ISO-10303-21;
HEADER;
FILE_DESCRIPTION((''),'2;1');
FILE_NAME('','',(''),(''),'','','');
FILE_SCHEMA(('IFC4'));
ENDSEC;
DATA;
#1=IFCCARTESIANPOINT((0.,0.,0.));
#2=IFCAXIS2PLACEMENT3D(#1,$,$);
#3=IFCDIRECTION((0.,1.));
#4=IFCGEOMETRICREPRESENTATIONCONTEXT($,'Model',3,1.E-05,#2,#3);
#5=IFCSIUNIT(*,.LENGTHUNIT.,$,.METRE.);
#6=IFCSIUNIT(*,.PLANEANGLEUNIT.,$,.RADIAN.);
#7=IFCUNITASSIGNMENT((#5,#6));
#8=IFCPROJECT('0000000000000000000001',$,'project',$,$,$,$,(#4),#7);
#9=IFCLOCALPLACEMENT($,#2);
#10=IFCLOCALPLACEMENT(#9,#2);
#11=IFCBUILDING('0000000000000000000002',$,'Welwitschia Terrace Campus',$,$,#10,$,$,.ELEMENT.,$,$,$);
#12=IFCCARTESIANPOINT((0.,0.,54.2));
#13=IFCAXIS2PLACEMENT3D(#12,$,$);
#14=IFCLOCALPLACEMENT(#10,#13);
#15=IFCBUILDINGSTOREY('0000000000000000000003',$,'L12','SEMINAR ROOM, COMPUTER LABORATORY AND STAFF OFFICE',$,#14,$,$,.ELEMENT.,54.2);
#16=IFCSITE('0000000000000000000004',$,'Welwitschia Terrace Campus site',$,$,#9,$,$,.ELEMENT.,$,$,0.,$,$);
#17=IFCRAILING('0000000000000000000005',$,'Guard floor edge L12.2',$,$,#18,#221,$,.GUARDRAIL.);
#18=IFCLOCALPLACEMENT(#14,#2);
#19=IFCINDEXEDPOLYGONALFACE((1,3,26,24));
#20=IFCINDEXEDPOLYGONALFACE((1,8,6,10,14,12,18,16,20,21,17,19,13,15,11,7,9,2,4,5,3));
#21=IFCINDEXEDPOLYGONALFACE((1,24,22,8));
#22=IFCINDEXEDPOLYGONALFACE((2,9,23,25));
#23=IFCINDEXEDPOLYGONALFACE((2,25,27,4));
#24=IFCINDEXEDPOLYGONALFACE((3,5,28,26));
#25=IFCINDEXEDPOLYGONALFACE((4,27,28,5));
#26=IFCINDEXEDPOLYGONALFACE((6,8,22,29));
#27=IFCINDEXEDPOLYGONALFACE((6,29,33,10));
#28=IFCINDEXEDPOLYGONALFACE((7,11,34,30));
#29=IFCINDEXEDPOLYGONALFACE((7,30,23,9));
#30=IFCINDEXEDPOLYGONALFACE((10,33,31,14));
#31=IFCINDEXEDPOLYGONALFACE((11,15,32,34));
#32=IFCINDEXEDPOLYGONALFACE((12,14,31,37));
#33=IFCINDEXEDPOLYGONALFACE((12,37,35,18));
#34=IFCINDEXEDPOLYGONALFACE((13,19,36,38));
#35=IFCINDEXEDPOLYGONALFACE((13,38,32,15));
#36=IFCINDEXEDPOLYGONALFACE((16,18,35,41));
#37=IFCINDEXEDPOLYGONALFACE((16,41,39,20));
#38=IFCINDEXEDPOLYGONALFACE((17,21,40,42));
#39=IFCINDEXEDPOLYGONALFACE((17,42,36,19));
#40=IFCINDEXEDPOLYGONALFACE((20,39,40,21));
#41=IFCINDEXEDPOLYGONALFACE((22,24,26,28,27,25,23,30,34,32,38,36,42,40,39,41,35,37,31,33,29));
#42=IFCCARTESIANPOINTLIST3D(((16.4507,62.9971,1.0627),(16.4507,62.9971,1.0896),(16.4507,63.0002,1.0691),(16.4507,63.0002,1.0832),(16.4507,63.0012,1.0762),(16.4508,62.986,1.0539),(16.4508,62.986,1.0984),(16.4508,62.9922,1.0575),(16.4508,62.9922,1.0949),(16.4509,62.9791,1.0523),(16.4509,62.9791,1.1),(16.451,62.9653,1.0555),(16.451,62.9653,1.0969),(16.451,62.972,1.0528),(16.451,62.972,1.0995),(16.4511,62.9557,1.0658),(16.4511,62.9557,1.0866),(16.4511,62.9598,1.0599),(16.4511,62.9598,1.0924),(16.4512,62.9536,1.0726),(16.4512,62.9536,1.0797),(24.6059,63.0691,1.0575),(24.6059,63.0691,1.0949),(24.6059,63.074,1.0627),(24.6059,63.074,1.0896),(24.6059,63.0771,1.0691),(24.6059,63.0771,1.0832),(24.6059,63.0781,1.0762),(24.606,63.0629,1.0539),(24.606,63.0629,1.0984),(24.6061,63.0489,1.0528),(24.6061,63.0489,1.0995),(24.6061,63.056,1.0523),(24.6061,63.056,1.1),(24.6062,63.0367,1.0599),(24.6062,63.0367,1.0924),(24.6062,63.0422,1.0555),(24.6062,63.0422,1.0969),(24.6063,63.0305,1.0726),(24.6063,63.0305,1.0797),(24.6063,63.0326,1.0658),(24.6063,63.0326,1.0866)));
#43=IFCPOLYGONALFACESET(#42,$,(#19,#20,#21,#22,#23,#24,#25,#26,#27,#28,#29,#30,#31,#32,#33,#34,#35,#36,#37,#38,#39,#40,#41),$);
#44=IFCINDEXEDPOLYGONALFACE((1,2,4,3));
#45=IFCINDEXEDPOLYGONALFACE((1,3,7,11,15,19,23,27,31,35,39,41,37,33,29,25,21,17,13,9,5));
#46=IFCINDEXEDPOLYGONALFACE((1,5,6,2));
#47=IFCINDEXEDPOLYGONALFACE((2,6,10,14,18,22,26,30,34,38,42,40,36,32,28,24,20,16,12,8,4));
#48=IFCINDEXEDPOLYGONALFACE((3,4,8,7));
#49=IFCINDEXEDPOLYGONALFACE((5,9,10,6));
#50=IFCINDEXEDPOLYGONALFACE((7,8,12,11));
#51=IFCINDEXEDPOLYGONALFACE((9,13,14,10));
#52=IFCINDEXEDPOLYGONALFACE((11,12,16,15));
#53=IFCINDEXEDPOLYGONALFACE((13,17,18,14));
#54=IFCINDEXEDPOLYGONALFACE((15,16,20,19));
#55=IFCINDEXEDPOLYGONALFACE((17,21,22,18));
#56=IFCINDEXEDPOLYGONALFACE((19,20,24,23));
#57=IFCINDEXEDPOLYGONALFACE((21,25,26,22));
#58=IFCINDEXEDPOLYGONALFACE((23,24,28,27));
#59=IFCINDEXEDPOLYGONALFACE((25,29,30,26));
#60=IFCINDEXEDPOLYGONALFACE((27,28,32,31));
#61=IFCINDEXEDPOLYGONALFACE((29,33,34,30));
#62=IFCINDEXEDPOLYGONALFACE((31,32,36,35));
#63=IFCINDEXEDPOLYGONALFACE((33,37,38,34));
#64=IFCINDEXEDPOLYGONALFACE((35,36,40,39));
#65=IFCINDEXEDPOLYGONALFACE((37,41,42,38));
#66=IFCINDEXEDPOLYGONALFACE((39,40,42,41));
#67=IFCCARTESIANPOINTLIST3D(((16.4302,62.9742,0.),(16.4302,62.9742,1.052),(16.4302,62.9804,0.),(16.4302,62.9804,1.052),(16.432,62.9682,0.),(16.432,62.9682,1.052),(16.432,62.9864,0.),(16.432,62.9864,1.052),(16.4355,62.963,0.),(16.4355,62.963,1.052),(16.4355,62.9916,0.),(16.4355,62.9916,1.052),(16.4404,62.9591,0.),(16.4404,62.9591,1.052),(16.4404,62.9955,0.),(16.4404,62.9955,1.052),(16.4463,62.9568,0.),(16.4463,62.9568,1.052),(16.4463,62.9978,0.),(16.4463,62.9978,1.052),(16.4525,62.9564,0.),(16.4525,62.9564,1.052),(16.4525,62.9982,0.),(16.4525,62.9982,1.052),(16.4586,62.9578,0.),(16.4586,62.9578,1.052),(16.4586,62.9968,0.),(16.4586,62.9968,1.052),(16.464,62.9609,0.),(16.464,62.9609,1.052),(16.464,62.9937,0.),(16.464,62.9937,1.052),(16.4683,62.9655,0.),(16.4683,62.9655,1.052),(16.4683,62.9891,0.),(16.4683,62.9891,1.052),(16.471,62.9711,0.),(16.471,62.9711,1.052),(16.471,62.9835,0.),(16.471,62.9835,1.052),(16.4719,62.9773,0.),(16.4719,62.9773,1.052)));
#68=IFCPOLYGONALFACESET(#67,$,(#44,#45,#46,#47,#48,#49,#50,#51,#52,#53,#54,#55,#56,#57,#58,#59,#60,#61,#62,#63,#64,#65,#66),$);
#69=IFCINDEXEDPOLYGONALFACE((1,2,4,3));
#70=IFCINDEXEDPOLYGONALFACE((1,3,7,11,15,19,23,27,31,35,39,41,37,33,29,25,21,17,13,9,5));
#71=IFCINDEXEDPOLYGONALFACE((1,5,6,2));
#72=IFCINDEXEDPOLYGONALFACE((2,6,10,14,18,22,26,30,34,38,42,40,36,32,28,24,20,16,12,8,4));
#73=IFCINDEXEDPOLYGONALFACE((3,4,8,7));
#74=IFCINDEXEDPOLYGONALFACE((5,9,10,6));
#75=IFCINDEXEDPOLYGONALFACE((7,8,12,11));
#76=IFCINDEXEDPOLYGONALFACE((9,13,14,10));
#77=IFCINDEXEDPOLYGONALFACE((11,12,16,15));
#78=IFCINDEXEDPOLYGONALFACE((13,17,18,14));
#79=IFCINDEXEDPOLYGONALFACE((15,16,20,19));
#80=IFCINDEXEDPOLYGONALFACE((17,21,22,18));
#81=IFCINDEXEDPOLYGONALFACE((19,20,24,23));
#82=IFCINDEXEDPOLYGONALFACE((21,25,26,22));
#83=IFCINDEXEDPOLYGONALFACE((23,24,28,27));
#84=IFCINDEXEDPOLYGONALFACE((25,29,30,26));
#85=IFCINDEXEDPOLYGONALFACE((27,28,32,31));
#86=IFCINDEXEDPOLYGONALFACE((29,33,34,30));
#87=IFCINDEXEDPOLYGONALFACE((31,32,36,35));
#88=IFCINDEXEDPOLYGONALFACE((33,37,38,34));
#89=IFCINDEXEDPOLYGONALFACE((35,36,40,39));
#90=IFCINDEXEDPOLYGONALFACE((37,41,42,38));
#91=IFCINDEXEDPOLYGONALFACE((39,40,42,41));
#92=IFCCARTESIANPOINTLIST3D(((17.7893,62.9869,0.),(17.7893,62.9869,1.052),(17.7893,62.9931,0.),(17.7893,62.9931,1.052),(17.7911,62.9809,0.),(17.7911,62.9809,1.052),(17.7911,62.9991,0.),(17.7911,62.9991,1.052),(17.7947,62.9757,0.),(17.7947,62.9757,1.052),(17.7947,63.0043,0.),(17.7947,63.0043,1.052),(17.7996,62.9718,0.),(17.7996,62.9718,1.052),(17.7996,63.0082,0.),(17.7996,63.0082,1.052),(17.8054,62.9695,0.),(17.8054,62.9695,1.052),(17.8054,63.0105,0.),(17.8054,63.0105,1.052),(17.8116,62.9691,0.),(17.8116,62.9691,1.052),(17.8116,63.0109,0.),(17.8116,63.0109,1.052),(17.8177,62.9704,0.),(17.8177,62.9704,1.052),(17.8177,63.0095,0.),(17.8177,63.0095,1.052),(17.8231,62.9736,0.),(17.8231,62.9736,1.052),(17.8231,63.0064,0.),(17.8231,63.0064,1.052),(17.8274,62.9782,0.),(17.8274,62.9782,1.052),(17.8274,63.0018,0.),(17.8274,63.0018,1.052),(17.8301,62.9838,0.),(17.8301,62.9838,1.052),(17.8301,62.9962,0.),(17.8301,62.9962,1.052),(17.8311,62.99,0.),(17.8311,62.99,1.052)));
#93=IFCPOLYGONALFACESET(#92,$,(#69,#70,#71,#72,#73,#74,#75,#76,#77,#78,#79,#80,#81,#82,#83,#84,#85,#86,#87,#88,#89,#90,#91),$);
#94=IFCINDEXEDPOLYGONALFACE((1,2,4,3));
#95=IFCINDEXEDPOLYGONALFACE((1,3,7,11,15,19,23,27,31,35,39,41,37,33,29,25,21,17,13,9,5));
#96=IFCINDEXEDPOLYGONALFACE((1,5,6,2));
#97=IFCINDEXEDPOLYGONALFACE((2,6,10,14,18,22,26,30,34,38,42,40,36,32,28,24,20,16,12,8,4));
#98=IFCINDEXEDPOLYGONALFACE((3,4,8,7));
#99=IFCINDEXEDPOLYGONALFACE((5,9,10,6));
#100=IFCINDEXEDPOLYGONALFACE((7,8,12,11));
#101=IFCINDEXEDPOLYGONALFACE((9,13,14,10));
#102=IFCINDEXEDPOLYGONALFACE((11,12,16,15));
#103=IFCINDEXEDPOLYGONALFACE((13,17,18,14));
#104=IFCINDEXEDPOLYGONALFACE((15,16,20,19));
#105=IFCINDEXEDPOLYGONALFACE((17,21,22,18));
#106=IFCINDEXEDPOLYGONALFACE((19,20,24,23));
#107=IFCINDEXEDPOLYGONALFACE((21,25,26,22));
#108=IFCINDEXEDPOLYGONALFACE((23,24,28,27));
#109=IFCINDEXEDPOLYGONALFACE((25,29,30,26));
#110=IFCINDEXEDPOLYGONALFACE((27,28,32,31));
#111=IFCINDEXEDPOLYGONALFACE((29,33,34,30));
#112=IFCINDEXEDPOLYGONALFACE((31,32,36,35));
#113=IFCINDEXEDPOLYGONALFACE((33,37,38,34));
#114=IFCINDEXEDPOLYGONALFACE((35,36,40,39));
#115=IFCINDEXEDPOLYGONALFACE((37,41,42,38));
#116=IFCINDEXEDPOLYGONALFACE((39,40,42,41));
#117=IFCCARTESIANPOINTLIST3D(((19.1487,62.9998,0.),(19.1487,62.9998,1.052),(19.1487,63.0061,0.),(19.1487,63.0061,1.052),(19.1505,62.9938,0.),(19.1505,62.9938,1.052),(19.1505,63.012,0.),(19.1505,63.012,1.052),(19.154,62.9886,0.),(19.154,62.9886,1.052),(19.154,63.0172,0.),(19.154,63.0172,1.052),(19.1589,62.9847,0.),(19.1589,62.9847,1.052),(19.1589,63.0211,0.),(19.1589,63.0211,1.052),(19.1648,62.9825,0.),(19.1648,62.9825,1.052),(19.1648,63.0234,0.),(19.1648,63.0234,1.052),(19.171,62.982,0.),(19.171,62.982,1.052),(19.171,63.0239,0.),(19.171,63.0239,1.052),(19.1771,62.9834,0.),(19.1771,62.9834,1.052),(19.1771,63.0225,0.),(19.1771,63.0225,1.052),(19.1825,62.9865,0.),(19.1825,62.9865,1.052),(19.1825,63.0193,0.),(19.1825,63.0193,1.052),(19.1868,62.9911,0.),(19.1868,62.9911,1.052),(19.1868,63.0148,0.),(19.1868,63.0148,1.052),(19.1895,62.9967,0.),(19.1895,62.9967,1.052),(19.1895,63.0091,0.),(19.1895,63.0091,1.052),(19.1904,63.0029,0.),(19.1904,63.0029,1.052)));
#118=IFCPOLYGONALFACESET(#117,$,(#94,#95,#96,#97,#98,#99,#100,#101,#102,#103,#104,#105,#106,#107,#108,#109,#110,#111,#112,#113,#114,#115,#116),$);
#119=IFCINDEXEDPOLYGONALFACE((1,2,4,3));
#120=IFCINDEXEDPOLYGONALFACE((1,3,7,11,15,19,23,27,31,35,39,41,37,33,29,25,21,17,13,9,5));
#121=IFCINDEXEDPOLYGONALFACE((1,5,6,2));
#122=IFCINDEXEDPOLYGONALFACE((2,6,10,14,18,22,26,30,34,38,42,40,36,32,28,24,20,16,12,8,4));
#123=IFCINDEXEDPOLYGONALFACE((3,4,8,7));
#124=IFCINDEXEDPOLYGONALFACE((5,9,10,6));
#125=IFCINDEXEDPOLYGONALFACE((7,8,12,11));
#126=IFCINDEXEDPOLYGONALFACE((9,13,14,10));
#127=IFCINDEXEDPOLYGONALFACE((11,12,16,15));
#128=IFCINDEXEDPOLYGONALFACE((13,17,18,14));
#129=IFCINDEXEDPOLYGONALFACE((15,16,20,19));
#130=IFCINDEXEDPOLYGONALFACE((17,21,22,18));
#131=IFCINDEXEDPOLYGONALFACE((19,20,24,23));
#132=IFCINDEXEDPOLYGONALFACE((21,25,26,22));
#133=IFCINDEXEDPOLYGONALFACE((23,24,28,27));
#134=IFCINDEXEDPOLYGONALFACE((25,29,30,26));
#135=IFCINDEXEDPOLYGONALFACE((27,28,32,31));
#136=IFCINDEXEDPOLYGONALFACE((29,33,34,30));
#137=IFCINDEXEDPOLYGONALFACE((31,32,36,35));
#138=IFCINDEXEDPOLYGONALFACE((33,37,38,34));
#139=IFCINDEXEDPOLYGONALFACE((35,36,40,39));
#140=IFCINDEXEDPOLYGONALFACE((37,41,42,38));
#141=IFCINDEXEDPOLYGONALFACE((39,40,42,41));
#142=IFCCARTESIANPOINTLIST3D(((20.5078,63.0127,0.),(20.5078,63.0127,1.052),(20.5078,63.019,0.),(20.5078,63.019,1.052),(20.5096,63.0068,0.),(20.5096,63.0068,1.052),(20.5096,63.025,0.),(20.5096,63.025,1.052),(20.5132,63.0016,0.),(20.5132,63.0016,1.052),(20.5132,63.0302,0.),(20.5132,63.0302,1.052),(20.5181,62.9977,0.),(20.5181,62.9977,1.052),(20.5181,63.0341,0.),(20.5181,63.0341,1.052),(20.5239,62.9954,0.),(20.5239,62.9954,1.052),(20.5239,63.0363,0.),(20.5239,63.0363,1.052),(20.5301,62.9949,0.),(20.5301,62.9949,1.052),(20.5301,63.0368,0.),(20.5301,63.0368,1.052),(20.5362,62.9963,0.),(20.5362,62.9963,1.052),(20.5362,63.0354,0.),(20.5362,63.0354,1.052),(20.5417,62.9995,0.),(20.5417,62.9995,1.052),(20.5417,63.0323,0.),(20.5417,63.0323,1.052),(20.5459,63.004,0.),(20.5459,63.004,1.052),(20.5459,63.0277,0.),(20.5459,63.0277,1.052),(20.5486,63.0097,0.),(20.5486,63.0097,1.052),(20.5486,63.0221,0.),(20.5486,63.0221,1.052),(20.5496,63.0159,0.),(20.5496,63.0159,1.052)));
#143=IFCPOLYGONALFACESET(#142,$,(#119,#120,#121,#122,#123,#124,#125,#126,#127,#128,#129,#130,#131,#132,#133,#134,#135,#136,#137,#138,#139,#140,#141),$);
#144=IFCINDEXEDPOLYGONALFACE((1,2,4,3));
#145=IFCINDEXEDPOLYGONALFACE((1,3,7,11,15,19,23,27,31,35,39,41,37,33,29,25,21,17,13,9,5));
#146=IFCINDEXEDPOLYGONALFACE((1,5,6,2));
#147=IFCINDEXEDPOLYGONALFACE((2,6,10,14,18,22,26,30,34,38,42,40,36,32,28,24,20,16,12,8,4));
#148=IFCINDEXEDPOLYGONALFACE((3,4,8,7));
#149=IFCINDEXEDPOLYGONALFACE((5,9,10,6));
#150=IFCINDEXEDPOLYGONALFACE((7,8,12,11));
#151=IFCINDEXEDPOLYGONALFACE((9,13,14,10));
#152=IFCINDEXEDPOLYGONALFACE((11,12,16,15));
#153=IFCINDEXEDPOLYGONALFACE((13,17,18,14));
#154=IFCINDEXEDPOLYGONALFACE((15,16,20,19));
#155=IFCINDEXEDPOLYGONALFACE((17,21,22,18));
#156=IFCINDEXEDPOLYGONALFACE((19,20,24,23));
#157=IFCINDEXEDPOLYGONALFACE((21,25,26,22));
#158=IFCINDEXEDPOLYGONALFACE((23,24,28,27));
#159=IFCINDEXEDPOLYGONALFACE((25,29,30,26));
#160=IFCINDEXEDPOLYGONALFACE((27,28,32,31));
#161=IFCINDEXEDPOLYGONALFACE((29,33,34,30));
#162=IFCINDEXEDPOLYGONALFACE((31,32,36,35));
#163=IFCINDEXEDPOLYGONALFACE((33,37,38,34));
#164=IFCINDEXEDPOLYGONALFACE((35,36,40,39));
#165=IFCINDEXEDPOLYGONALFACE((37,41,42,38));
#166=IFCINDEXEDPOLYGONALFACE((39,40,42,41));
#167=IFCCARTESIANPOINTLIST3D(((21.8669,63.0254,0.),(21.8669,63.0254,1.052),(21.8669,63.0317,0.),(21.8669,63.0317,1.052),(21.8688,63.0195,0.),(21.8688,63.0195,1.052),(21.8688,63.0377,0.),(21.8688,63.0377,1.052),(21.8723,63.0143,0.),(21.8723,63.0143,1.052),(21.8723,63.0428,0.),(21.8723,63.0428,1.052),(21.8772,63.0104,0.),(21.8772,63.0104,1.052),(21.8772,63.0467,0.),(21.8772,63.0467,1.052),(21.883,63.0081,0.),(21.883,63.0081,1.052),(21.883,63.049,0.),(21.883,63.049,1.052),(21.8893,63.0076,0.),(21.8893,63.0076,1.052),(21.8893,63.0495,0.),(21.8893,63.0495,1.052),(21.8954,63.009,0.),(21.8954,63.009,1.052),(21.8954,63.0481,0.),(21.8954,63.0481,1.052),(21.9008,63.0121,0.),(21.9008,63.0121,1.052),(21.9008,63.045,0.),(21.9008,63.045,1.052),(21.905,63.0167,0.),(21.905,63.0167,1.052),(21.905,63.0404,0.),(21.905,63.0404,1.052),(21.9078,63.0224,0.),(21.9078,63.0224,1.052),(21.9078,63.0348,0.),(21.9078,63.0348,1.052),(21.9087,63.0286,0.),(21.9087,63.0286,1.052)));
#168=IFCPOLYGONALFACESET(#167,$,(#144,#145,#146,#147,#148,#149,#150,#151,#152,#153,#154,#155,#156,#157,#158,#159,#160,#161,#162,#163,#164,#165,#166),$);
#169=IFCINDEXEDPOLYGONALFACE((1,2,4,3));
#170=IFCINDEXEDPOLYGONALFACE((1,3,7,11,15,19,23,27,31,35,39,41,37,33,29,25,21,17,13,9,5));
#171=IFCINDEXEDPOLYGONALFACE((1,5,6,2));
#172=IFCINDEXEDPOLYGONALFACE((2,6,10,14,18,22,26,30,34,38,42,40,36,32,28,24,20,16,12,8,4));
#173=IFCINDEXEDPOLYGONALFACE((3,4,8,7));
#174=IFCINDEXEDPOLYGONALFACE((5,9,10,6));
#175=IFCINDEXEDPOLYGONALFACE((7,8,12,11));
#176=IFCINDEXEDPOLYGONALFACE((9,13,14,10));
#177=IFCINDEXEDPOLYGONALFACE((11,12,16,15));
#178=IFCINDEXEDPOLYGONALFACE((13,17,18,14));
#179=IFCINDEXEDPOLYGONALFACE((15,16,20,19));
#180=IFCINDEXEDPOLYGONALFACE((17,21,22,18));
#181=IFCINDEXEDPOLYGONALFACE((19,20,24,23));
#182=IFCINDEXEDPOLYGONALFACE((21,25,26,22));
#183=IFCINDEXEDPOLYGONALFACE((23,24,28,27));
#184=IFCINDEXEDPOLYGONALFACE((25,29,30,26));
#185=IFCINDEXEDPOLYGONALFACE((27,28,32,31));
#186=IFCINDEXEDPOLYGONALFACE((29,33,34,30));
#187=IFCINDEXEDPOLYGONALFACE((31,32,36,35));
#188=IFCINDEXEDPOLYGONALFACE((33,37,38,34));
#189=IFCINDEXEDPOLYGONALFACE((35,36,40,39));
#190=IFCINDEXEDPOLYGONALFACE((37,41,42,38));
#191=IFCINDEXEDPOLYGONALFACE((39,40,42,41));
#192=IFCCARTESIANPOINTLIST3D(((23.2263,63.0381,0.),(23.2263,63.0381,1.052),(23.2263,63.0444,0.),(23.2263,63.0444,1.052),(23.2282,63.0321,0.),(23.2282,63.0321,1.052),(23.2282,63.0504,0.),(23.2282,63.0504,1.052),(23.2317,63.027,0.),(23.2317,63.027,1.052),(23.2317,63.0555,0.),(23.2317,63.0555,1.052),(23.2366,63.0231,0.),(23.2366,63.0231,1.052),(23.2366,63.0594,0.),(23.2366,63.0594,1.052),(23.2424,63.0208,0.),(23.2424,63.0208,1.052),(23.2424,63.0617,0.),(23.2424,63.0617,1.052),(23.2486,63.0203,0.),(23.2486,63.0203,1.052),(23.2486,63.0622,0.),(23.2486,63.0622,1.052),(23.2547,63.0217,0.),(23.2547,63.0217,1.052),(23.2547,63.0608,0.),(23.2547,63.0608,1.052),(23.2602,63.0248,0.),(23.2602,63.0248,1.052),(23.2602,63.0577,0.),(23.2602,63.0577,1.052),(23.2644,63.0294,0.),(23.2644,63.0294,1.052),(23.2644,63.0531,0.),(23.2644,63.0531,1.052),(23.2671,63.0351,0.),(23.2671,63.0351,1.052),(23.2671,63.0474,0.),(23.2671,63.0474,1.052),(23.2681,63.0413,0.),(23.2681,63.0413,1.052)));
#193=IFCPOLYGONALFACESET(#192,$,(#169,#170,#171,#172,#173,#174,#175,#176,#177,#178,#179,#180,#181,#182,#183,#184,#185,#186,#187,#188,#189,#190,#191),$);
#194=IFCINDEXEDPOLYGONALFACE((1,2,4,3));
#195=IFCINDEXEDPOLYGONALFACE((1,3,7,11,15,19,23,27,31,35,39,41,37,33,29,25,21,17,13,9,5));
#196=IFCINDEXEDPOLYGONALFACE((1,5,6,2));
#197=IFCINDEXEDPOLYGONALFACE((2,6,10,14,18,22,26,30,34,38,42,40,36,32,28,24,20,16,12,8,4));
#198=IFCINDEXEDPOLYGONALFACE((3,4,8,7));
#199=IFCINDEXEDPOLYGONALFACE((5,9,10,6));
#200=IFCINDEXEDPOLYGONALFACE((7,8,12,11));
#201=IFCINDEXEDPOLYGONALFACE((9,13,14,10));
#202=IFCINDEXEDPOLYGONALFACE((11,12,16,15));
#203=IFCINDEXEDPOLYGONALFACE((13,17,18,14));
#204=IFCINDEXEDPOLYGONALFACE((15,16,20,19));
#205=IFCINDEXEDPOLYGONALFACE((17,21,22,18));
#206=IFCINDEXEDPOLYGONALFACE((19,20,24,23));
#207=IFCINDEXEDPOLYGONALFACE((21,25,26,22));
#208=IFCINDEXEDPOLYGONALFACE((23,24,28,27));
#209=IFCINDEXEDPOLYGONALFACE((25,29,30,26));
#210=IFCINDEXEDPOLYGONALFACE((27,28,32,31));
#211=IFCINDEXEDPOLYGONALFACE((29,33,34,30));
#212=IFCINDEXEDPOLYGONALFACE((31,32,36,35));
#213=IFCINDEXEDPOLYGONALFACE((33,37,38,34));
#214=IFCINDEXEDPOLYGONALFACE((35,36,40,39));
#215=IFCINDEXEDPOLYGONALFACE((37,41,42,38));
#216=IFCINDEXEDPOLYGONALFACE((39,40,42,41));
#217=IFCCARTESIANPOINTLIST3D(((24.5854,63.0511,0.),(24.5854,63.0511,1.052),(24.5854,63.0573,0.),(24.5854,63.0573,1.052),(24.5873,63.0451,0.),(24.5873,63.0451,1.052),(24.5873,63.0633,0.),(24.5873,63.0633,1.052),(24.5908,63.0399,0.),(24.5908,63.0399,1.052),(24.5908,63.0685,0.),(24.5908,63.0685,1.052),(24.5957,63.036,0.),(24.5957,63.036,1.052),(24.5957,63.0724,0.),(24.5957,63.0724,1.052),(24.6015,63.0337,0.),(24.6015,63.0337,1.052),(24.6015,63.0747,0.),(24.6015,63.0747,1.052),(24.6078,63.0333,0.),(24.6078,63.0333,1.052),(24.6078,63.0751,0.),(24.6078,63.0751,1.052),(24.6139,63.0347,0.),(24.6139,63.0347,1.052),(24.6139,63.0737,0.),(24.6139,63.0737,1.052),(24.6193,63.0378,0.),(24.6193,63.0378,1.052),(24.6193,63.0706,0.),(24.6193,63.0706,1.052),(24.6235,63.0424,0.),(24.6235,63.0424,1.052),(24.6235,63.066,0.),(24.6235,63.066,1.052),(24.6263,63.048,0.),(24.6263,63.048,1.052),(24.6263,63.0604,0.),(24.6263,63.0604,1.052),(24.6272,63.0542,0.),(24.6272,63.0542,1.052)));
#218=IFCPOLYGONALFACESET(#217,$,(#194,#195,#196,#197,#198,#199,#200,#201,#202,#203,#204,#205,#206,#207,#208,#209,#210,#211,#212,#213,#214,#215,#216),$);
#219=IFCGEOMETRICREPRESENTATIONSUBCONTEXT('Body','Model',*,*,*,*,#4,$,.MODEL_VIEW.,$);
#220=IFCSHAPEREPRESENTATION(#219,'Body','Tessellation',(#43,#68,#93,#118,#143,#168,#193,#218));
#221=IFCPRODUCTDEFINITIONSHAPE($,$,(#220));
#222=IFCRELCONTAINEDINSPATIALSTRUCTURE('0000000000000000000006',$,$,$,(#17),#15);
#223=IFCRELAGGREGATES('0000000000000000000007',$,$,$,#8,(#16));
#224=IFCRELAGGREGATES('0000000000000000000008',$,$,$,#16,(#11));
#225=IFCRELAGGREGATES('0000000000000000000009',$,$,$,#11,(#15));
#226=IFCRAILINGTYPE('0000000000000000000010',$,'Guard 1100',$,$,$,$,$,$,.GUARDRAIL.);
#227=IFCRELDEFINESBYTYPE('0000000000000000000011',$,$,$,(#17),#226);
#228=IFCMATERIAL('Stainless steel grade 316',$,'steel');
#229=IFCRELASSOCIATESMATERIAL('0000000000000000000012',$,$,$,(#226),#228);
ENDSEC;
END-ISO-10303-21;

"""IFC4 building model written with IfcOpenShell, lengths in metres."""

from ifc_helpers import new_model, si_unit, direction, frame, origin, origin_2d, place, context, subcontext, project, spatial, circle, extrude, material, type_object, element, save


model = new_model("IFC4")

# Units and contexts
model_context = context("Model", 3, precision=1e-05, world=origin(), true_north=direction((0.0, 1.0)))
body_context = subcontext(model_context, "Body", "Model", "MODEL_VIEW")
ifc_project = project(units=[si_unit("LENGTHUNIT", "METRE"), si_unit("PLANEANGLEUNIT", "RADIAN")], contexts=[model_context])

# Site, building, storey
site_placement = place(None, origin())
site = spatial("IfcSite", under=ifc_project, at=site_placement, Name="Welwitschia Terrace Campus site", CompositionType="ELEMENT", RefElevation=0.0)
building_placement = place(site_placement, origin())
building = spatial("IfcBuilding", under=site, at=building_placement, Name="Welwitschia Terrace Campus", CompositionType="ELEMENT")
storey_placement = place(building_placement, frame((0.0, 0.0, 54.2)))
storey = spatial("IfcBuildingStorey", under=building, at=storey_placement, Name="L12", Description="SEMINAR ROOM, COMPUTER LABORATORY AND STAFF OFFICE", CompositionType="ELEMENT", Elevation=54.2)

# Railing
ifc_material_1 = material(Name="Stainless steel grade 316", Category="steel")
railing_type = type_object("IfcRailingType", Name="Guard 1100", PredefinedType="GUARDRAIL", material=ifc_material_1)
railing_1_placement = place(storey_placement, frame((16.4509, 62.9773, 0.0)))
element("IfcRailing", 1, at=railing_1_placement, inside=storey, type_object=railing_type, Name="Guard floor edge L12.2", PredefinedType="GUARDRAIL", context=body_context, shape_type="SweptSolid", body=[
    extrude(circle(Radius=0.0239, at=origin_2d()), frame((0.0, 0.0, 1.0762), z_axis=(0.999956, 0.00943, 0.0), x_axis=(-0.00943, 0.999956, 0.0)), (0.0, 0.0, 1.0), 8.1555),
    extrude(circle(Radius=0.021, at=origin_2d()), origin(), (0.0, 0.0, 1.0), 1.052),
    extrude(circle(Radius=0.021, at=origin_2d()), frame((1.3591, 0.0127, 0.0)), (0.0, 0.0, 1.0), 1.052),
    extrude(circle(Radius=0.021, at=origin_2d()), frame((2.7185, 0.0256, 0.0)), (0.0, 0.0, 1.0), 1.052),
    extrude(circle(Radius=0.021, at=origin_2d()), frame((4.0776, 0.0386, 0.0)), (0.0, 0.0, 1.0), 1.052),
    extrude(circle(Radius=0.021, at=origin_2d()), frame((5.4368, 0.0513, 0.0)), (0.0, 0.0, 1.0), 1.052),
    extrude(circle(Radius=0.021, at=origin_2d()), frame((6.7961, 0.064, 0.0)), (0.0, 0.0, 1.0), 1.052),
    extrude(circle(Radius=0.021, at=origin_2d()), frame((8.1553, 0.0769, 0.0)), (0.0, 0.0, 1.0), 1.052),
])

save(model, "model.ifc")
